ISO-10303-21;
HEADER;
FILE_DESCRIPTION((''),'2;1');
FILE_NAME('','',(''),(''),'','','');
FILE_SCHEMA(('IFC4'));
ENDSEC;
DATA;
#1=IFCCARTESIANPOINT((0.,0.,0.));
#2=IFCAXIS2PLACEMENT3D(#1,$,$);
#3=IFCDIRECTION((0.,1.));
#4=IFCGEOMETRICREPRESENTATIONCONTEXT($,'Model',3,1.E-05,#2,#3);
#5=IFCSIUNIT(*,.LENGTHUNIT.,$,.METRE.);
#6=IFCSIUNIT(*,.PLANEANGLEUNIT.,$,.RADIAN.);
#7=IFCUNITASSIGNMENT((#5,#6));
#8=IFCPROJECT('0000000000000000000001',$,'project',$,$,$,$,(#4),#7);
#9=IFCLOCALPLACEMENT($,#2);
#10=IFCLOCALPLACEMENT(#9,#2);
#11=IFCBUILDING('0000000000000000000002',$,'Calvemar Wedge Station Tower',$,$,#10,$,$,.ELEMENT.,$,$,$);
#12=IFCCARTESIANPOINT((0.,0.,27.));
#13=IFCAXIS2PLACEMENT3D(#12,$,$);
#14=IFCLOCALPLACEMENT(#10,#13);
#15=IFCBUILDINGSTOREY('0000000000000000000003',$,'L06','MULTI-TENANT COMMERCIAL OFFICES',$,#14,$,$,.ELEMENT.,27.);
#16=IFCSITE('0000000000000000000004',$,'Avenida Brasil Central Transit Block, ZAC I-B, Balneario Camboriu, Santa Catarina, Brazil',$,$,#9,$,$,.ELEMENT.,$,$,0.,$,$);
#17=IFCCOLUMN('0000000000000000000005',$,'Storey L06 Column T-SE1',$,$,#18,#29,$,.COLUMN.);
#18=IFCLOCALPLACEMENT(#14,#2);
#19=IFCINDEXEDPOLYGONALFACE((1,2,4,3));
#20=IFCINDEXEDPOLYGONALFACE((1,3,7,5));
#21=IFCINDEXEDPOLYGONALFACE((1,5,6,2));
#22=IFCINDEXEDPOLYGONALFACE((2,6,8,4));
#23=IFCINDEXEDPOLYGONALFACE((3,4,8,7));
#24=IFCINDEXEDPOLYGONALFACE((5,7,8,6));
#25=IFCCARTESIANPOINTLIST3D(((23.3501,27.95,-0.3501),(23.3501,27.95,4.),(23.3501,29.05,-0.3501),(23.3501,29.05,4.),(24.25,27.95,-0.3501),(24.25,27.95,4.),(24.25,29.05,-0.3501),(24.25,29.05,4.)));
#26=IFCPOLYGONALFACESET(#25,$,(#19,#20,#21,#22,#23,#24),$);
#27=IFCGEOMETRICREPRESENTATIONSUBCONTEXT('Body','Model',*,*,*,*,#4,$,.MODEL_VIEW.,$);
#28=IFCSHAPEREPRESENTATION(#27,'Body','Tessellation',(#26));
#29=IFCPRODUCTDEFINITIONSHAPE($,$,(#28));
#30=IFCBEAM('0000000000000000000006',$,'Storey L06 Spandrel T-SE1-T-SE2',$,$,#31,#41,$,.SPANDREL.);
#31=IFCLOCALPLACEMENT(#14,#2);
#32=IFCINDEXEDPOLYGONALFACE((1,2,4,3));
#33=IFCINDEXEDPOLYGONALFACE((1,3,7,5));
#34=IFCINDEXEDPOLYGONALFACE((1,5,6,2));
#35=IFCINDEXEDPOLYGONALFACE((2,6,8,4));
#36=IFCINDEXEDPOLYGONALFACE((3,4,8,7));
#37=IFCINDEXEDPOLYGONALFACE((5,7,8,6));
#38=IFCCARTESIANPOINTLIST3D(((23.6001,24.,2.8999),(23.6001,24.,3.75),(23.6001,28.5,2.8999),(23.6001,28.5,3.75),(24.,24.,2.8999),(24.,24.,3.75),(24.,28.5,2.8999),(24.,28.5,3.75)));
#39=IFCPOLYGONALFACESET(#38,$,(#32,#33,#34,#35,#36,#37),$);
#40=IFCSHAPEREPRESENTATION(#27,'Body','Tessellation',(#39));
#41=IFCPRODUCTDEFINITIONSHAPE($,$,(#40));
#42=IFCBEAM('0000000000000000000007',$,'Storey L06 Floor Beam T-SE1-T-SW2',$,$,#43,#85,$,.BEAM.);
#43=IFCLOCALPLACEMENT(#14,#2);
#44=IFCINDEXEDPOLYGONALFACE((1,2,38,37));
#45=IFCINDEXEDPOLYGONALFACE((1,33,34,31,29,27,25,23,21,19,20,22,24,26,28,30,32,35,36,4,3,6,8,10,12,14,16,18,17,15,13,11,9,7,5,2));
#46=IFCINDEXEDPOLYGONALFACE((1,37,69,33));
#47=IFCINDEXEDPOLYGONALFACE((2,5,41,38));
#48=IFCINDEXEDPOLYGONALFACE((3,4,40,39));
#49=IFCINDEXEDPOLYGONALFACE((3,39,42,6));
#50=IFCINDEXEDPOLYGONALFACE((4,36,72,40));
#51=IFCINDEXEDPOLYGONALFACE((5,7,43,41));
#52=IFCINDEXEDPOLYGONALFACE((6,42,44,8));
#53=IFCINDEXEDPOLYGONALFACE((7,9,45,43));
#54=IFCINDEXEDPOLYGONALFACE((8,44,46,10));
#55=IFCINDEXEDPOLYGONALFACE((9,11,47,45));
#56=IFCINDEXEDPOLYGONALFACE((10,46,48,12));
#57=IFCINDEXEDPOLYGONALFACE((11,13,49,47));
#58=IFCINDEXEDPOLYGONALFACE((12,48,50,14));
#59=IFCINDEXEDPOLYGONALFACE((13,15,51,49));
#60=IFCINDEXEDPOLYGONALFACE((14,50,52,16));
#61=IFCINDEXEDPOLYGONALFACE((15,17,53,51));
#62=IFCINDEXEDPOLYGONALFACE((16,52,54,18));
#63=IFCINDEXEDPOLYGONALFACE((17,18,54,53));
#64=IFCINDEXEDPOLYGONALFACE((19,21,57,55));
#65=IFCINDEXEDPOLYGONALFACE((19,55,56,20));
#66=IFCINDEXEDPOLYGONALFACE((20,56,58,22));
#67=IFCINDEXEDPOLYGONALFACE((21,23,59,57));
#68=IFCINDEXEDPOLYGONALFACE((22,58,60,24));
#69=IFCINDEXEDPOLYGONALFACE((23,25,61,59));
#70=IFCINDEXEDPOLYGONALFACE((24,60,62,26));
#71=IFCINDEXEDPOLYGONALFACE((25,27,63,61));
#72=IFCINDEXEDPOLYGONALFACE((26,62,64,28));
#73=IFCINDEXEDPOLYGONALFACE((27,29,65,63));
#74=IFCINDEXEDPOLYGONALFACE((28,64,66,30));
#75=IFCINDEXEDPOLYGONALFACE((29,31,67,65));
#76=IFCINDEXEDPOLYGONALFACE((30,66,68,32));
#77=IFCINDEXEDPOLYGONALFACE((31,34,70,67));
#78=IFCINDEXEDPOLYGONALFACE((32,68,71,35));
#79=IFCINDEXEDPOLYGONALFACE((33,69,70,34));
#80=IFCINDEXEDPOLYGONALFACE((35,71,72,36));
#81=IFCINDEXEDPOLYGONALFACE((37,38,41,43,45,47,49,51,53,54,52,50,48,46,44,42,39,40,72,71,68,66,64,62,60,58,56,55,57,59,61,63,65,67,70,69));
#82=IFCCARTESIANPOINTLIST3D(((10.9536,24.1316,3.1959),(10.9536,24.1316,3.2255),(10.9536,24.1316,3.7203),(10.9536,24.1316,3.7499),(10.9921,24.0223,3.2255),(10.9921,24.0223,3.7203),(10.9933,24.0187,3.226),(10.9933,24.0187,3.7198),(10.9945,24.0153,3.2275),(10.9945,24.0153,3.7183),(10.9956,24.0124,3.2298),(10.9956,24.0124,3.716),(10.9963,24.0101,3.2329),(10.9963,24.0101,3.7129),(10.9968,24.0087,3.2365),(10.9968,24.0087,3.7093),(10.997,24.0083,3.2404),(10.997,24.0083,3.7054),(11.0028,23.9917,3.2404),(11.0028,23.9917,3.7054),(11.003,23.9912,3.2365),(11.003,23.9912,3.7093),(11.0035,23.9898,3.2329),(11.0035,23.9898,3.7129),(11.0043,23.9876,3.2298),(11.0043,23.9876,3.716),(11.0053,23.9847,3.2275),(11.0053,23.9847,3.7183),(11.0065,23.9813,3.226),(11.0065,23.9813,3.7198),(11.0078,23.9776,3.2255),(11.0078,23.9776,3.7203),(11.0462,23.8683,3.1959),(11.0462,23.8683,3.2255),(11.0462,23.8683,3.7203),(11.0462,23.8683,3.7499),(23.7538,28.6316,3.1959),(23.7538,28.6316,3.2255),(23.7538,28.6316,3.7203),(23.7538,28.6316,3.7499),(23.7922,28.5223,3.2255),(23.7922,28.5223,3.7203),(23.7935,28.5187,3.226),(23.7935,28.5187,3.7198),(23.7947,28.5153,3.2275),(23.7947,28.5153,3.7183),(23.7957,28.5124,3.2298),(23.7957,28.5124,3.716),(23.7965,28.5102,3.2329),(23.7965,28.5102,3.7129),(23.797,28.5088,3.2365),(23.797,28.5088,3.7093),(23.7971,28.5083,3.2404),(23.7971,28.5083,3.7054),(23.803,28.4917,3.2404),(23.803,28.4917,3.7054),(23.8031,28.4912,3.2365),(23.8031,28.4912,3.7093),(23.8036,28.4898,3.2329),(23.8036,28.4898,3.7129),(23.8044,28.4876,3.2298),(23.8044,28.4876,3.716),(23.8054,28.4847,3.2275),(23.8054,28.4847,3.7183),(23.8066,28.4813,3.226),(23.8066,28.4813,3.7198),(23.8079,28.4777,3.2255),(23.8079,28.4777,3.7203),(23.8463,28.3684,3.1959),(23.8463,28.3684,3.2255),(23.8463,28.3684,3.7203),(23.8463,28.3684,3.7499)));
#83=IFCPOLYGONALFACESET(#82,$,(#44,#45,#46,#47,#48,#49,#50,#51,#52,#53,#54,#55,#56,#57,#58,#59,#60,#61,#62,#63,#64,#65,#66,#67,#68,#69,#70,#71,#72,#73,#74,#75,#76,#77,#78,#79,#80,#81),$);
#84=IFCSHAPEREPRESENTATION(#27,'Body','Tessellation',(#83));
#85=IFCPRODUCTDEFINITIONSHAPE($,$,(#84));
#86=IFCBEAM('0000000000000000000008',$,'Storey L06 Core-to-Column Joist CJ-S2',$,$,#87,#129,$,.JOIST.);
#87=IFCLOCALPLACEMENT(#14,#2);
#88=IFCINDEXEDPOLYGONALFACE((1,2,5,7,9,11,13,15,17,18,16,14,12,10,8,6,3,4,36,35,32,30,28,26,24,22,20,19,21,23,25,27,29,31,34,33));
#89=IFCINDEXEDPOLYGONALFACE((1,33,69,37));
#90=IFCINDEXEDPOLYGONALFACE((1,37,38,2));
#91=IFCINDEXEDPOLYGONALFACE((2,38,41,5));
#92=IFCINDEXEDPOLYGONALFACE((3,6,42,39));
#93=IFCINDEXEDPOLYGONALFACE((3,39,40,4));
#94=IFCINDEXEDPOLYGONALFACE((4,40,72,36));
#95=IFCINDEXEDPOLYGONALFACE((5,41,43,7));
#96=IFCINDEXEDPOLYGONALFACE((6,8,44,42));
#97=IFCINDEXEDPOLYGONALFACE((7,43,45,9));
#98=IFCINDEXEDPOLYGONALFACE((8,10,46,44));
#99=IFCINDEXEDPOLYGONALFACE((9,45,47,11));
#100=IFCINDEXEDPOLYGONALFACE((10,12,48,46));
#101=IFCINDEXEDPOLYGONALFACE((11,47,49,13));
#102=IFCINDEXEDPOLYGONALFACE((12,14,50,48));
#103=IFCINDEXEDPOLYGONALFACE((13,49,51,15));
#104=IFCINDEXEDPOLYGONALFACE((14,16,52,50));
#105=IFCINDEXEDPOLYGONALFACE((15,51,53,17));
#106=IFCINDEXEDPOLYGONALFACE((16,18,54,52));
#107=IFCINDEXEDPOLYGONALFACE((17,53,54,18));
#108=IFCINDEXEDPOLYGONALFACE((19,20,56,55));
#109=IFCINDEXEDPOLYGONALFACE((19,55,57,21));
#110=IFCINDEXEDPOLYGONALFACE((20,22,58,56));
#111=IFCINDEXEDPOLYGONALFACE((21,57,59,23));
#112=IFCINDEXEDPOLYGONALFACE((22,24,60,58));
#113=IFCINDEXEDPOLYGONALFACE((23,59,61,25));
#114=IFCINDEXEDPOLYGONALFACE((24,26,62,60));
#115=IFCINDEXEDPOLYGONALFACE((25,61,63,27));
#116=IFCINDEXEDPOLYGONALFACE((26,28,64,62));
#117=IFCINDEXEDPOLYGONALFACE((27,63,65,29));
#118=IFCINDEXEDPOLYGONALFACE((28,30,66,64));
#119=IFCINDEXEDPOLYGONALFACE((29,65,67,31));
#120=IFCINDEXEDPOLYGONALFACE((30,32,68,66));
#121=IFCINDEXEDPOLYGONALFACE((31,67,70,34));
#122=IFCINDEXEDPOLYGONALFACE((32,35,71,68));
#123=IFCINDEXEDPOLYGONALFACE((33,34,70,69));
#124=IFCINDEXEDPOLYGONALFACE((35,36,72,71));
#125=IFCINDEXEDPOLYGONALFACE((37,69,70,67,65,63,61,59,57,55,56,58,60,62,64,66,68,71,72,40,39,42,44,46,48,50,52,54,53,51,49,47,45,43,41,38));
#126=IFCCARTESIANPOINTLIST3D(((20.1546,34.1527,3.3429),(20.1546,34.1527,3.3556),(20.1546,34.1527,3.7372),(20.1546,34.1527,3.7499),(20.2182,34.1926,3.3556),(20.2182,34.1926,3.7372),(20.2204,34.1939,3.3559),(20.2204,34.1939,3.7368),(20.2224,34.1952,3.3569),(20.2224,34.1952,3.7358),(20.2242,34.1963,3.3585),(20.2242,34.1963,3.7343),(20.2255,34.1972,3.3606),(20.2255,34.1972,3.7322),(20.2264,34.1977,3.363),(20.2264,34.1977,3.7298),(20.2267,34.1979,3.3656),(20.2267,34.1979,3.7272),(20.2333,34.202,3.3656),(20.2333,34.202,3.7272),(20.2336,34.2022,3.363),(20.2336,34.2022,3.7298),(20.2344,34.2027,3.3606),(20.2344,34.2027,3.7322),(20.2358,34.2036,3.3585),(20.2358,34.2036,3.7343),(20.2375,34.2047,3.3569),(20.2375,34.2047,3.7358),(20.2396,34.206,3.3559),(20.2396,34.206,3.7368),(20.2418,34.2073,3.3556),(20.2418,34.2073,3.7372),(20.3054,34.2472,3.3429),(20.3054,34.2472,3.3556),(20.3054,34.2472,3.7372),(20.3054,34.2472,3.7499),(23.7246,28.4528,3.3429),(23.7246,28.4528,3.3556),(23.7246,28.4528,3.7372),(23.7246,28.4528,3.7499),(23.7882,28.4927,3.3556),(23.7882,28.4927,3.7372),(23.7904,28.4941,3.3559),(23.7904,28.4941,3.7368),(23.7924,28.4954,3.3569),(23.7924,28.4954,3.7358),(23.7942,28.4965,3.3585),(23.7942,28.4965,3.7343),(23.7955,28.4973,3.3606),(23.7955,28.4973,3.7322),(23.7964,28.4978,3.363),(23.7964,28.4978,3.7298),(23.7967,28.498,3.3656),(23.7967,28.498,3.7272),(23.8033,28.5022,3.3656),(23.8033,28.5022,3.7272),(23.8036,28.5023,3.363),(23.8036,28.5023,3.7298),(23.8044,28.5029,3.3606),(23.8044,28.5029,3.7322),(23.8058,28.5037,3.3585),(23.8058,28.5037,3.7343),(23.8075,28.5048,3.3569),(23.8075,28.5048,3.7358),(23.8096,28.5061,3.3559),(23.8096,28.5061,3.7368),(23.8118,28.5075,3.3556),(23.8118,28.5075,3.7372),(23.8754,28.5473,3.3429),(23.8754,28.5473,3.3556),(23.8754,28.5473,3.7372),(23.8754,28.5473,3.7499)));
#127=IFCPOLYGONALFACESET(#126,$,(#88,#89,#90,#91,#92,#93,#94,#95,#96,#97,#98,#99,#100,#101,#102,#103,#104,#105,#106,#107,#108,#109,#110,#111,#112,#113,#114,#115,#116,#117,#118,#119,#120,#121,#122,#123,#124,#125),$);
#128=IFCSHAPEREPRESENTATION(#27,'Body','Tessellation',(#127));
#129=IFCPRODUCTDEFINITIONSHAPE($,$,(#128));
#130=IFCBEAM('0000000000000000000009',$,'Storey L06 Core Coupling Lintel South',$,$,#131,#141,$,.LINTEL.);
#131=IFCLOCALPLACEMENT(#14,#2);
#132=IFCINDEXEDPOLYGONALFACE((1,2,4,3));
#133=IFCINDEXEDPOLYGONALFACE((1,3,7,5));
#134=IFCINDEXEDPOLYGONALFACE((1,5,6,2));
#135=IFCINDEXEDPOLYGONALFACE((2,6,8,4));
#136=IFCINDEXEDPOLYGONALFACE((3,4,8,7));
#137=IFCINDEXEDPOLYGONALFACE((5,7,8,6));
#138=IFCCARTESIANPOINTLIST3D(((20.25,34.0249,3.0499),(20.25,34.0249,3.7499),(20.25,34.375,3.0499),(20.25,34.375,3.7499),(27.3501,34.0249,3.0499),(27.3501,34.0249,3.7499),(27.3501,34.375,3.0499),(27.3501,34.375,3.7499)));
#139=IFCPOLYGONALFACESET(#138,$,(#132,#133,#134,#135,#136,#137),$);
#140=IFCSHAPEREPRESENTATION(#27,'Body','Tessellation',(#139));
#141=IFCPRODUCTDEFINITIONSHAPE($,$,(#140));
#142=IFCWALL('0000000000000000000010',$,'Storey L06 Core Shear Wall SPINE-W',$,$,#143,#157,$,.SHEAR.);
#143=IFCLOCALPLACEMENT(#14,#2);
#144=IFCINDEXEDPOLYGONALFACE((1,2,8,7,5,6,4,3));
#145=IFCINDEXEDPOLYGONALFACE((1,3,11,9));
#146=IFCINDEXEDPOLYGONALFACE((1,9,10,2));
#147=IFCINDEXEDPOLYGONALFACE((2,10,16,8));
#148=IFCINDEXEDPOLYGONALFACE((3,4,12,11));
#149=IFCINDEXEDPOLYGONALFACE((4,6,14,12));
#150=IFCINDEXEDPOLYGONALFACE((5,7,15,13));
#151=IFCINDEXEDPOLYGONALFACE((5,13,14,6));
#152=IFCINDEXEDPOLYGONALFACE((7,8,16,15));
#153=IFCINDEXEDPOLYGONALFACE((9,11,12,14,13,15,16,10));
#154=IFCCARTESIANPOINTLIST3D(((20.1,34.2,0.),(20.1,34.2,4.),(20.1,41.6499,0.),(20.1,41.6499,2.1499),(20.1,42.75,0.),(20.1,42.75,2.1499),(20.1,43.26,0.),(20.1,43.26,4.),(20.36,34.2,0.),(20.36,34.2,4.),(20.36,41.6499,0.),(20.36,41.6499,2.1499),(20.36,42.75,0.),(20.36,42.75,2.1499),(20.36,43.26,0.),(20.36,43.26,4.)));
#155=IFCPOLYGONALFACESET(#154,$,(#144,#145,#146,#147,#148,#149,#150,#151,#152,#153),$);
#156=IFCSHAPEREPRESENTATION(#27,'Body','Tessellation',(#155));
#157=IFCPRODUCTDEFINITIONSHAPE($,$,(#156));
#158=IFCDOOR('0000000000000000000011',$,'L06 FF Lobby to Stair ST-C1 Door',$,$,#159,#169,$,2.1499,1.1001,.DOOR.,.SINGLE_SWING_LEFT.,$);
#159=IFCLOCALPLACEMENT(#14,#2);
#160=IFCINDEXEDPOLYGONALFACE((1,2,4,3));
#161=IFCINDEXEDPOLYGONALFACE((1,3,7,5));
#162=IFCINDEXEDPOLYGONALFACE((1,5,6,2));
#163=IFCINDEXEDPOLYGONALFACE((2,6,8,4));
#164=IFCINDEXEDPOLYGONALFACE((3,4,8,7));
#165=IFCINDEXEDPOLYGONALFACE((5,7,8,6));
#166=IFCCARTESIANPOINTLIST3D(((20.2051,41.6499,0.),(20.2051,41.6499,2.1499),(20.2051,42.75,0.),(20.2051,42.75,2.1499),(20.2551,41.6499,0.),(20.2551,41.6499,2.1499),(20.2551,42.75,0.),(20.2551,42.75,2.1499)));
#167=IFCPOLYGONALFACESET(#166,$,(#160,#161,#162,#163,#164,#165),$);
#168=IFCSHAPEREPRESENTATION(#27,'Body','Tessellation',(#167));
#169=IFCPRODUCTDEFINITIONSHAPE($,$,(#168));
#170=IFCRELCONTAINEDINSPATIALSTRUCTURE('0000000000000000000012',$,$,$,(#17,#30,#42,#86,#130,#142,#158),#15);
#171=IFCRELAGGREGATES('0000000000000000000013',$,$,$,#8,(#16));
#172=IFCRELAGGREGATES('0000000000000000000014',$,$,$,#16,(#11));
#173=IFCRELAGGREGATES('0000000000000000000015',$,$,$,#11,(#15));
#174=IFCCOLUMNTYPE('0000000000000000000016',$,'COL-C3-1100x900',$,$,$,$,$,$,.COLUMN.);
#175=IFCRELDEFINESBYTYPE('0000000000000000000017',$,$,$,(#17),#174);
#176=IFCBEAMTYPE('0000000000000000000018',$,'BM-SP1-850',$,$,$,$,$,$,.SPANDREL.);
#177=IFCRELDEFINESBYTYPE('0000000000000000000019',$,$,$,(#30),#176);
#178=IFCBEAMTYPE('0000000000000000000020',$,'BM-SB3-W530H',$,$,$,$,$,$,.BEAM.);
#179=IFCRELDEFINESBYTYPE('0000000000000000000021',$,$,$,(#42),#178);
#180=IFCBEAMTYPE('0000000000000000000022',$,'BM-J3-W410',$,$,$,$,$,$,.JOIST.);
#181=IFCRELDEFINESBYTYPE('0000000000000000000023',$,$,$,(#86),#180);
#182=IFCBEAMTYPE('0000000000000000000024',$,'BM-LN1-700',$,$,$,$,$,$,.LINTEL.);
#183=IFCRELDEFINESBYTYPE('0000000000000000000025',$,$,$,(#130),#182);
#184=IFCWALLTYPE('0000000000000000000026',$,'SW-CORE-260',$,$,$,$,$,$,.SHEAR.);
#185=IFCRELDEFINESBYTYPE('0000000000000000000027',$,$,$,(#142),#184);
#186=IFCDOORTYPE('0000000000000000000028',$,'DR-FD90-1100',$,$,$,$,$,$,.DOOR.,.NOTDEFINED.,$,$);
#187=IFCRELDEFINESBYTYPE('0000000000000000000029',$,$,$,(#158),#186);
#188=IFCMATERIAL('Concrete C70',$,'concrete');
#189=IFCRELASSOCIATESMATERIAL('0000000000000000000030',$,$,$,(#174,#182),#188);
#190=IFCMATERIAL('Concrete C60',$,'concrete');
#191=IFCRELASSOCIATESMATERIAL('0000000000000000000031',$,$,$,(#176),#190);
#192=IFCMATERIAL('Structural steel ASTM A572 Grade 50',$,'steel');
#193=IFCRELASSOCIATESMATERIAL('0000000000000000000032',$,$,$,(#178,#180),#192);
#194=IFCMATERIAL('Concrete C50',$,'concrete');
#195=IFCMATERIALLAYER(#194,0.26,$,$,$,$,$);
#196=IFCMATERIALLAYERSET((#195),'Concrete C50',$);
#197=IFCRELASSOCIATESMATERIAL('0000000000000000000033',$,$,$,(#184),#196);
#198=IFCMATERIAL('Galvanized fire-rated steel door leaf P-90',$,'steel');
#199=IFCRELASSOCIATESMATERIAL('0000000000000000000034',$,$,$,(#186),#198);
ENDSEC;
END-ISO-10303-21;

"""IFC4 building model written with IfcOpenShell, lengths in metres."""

from ifc_helpers import new_model, si_unit, direction, frame, frame_2d, origin, origin_2d, place, context, subcontext, project, spatial, rectangle, i_section, extrude, source, transform, mapped, material, layer, layer_set, material_profile, profile_set, type_object, element, fill, save


model = new_model("IFC4")

# Units and contexts
model_context = context("Model", 3, precision=1e-05, world=origin(), true_north=direction((0.0, 1.0)))
body_context = subcontext(model_context, "Body", "Model", "MODEL_VIEW")
ifc_project = project(units=[si_unit("LENGTHUNIT", "METRE"), si_unit("PLANEANGLEUNIT", "RADIAN")], contexts=[model_context])

# Site, building, storey
site_placement = place(None, origin())
site = spatial("IfcSite", under=ifc_project, at=site_placement, Name="Avenida Brasil Central Transit Block, ZAC I-B, Balneario Camboriu, Santa Catarina, Brazil", CompositionType="ELEMENT", RefElevation=0.0)
building_placement = place(site_placement, origin())
building = spatial("IfcBuilding", under=site, at=building_placement, Name="Calvemar Wedge Station Tower", CompositionType="ELEMENT")
storey_placement = place(building_placement, frame((0.0, 0.0, 27.0)))
storey = spatial("IfcBuildingStorey", under=building, at=storey_placement, Name="L06", Description="MULTI-TENANT COMMERCIAL OFFICES", CompositionType="ELEMENT", Elevation=27.0)

# Column
ifc_material_1 = material(Name="Concrete C70", Category="concrete")
ifc_material_profile_1 = material_profile(ifc_material_1, rectangle(XDim=0.8999, YDim=1.1001, at=origin_2d()), Name="RC1100x900")
ifc_profile_set_1 = profile_set([ifc_material_profile_1], Name="Concrete C70")
column_type = type_object("IfcColumnType", Name="COL-C3-1100x900", PredefinedType="COLUMN", material=ifc_profile_set_1)
shared_shape_1 = source(origin(), body_context, "Body", "SweptSolid", [
    extrude(rectangle(XDim=0.8999, YDim=1.1001, at=origin_2d()), origin(), (0.0, 0.0, 1.0), 4.3501),
])
column_placement = place(storey_placement, frame((23.8, 28.5, -0.3501), z_axis=(0.0, 0.0, 1.0), x_axis=(1.0, 0.0, 0.0)))
element("IfcColumn", 1, at=column_placement, inside=storey, type_object=column_type, Name="Storey L06 Column T-SE1", PredefinedType="COLUMN", context=body_context, shape_type="MappedRepresentation", body=[
    mapped(shared_shape_1, transform((0.0, 0.0, 0.0), scale=1.0)),
])

# Beams
ifc_material_2 = material(Name="Concrete C60", Category="concrete")
ifc_material_profile_2 = material_profile(ifc_material_2, rectangle(XDim=0.3999, YDim=0.8501, at=origin_2d()), Name="RC400x850")
ifc_profile_set_2 = profile_set([ifc_material_profile_2], Name="Concrete C60")
beam_type_1 = type_object("IfcBeamType", Name="BM-SP1-850", PredefinedType="SPANDREL", material=ifc_profile_set_2)
shared_shape_2 = source(origin(), body_context, "Body", "SweptSolid", [
    extrude(rectangle(XDim=0.3999, YDim=0.8501, at=origin_2d()), origin(), (0.0, 0.0, 1.0), 4.5),
])
beam_1_placement = place(storey_placement, frame((23.8, 28.5, 3.325), z_axis=(0.0, -1.0, 0.0), x_axis=(1.0, 0.0, 0.0)))
element("IfcBeam", 2, at=beam_1_placement, inside=storey, type_object=beam_type_1, Name="Storey L06 Spandrel T-SE1-T-SE2", PredefinedType="SPANDREL", context=body_context, shape_type="MappedRepresentation", body=[
    mapped(shared_shape_2, transform((0.0, 0.0, 0.0), scale=1.0)),
])
ifc_material_3 = material(Name="Structural steel ASTM A572 Grade 50", Category="steel")
ifc_material_profile_3 = material_profile(ifc_material_3, i_section(OverallWidth=0.2791, OverallDepth=0.554, WebThickness=0.0176, FlangeThickness=0.0295, FilletRadius=0.0149, at=origin_2d()), Name="W530x196")
ifc_profile_set_3 = profile_set([ifc_material_profile_3], Name="Structural steel ASTM A572 Grade 50")
beam_type_2 = type_object("IfcBeamType", Name="BM-SB3-W530H", PredefinedType="BEAM", material=ifc_profile_set_3)
shared_shape_3 = source(origin(), body_context, "Body", "SweptSolid", [
    extrude(i_section(OverallWidth=0.2791, OverallDepth=0.554, WebThickness=0.0176, FlangeThickness=0.0295, FilletRadius=0.0149, at=origin_2d()), origin(), (0.0, 0.0, 1.0), 13.5681),
])
beam_2_placement = place(storey_placement, frame((23.8, 28.5, 3.4729), z_axis=(-0.943398, -0.331662, 0.0), x_axis=(0.331662, -0.943398, 0.0)))
element("IfcBeam", 3, at=beam_2_placement, inside=storey, type_object=beam_type_2, Name="Storey L06 Floor Beam T-SE1-T-SW2", PredefinedType="BEAM", context=body_context, shape_type="MappedRepresentation", body=[
    mapped(shared_shape_3, transform((0.0, 0.0, 0.0), scale=1.0)),
])
ifc_material_profile_4 = material_profile(ifc_material_3, i_section(OverallWidth=0.178, OverallDepth=0.407, WebThickness=0.0078, FlangeThickness=0.0127, FilletRadius=0.01, at=origin_2d()), Name="W410x60")
ifc_profile_set_4 = profile_set([ifc_material_profile_4], Name="Structural steel ASTM A572 Grade 50")
beam_type_3 = type_object("IfcBeamType", Name="BM-J3-W410", PredefinedType="JOIST", material=ifc_profile_set_4)
shared_shape_4 = source(origin(), body_context, "Body", "SweptSolid", [
    extrude(i_section(OverallWidth=0.178, OverallDepth=0.407, WebThickness=0.0078, FlangeThickness=0.0127, FilletRadius=0.01, at=origin_2d()), origin(), (0.0, 0.0, 1.0), 6.7256),
])
beam_3_placement = place(storey_placement, frame((20.23, 34.2, 3.5464), z_axis=(0.530811, -0.84749, 0.0), x_axis=(0.84749, 0.530811, 0.0)))
element("IfcBeam", 4, at=beam_3_placement, inside=storey, type_object=beam_type_3, Name="Storey L06 Core-to-Column Joist CJ-S2", PredefinedType="JOIST", context=body_context, shape_type="MappedRepresentation", body=[
    mapped(shared_shape_4, transform((0.0, 0.0, 0.0), scale=1.0)),
])
ifc_material_profile_5 = material_profile(ifc_material_1, rectangle(XDim=0.3501, YDim=0.7, at=origin_2d()), Name="RC350x700")
ifc_profile_set_5 = profile_set([ifc_material_profile_5], Name="Concrete C70")
beam_type_4 = type_object("IfcBeamType", Name="BM-LN1-700", PredefinedType="LINTEL", material=ifc_profile_set_5)
shared_shape_5 = source(origin(), body_context, "Body", "SweptSolid", [
    extrude(rectangle(XDim=0.3501, YDim=0.7, at=origin_2d()), origin(), (0.0, 0.0, 1.0), 7.1001),
])
beam_4_placement = place(storey_placement, frame((20.25, 34.2, 3.3999), z_axis=(1.0, 0.0, 0.0), x_axis=(0.0, 1.0, 0.0)))
element("IfcBeam", 5, at=beam_4_placement, inside=storey, type_object=beam_type_4, Name="Storey L06 Core Coupling Lintel South", PredefinedType="LINTEL", context=body_context, shape_type="MappedRepresentation", body=[
    mapped(shared_shape_5, transform((0.0, 0.0, 0.0), scale=1.0)),
])

# Wall, opening, door
ifc_material_4 = material(Name="Concrete C50", Category="concrete")
ifc_layer_1 = layer(ifc_material_4, 0.26)
ifc_layer_set_1 = layer_set([ifc_layer_1], Name="Concrete C50")
wall_type_1 = type_object("IfcWallType", Name="SW-CORE-260", PredefinedType="SHEAR", material=ifc_layer_set_1)
wall_1_placement = place(storey_placement, frame((20.23, 34.2, 0.0), z_axis=(0.0, 0.0, 1.0), x_axis=(0.0, 1.0, 0.0)))
wall_1 = element("IfcWall", 6, at=wall_1_placement, inside=storey, type_object=wall_type_1, Name="Storey L06 Core Shear Wall SPINE-W", PredefinedType="SHEAR", context=body_context, shape_type="SweptSolid", body=[
    extrude(rectangle(XDim=9.0601, YDim=0.26, at=frame_2d((4.53, 0.0))), origin(), (0.0, 0.0, 1.0), 4.0),
])
shared_shape_6 = source(origin(), body_context, "Body", "SweptSolid", [
    extrude(rectangle(XDim=1.1001, YDim=2.1499, at=frame_2d((0.55, 1.075))), frame((0.0, 0.1401, 0.0), z_axis=(0.0, -1.0, 0.0), x_axis=(1.0, 0.0, 0.0)), (0.0, 0.0, 1.0), 0.28),
])
opening_1_placement = place(wall_1_placement, frame((7.45, 0.0, 0.0)))
opening_1 = element("IfcOpeningElement", 7, at=opening_1_placement, cuts=wall_1, PredefinedType="OPENING", context=body_context, shape_type="MappedRepresentation", body=[
    mapped(shared_shape_6, transform((0.0, 0.0, 0.0), scale=1.0)),
])
ifc_material_5 = material(Name="Galvanized fire-rated steel door leaf P-90", Category="steel")
door_type_1 = type_object("IfcDoorType", Name="DR-FD90-1100", OperationType="NOTDEFINED", PredefinedType="DOOR", material=ifc_material_5)
shared_shape_7 = source(origin(), body_context, "Body", "SweptSolid", [
    extrude(rectangle(XDim=1.1001, YDim=2.1499, at=frame_2d((0.55, 1.075))), frame((0.0, 0.0249, 0.0), z_axis=(0.0, -1.0, 0.0), x_axis=(1.0, 0.0, 0.0)), (0.0, 0.0, 1.0), 0.05),
])
door_1_placement = place(opening_1_placement, origin())
door_1 = element("IfcDoor", 8, at=door_1_placement, inside=storey, type_object=door_type_1, Name="L06 FF Lobby to Stair ST-C1 Door", OperationType="SINGLE_SWING_LEFT", OverallHeight=2.1499, OverallWidth=1.1001, PredefinedType="DOOR", context=body_context, shape_type="MappedRepresentation", body=[
    mapped(shared_shape_7, transform((0.0, 0.0, 0.0), scale=1.0)),
])
fill(opening_1, door_1)

save(model, "model.ifc")
